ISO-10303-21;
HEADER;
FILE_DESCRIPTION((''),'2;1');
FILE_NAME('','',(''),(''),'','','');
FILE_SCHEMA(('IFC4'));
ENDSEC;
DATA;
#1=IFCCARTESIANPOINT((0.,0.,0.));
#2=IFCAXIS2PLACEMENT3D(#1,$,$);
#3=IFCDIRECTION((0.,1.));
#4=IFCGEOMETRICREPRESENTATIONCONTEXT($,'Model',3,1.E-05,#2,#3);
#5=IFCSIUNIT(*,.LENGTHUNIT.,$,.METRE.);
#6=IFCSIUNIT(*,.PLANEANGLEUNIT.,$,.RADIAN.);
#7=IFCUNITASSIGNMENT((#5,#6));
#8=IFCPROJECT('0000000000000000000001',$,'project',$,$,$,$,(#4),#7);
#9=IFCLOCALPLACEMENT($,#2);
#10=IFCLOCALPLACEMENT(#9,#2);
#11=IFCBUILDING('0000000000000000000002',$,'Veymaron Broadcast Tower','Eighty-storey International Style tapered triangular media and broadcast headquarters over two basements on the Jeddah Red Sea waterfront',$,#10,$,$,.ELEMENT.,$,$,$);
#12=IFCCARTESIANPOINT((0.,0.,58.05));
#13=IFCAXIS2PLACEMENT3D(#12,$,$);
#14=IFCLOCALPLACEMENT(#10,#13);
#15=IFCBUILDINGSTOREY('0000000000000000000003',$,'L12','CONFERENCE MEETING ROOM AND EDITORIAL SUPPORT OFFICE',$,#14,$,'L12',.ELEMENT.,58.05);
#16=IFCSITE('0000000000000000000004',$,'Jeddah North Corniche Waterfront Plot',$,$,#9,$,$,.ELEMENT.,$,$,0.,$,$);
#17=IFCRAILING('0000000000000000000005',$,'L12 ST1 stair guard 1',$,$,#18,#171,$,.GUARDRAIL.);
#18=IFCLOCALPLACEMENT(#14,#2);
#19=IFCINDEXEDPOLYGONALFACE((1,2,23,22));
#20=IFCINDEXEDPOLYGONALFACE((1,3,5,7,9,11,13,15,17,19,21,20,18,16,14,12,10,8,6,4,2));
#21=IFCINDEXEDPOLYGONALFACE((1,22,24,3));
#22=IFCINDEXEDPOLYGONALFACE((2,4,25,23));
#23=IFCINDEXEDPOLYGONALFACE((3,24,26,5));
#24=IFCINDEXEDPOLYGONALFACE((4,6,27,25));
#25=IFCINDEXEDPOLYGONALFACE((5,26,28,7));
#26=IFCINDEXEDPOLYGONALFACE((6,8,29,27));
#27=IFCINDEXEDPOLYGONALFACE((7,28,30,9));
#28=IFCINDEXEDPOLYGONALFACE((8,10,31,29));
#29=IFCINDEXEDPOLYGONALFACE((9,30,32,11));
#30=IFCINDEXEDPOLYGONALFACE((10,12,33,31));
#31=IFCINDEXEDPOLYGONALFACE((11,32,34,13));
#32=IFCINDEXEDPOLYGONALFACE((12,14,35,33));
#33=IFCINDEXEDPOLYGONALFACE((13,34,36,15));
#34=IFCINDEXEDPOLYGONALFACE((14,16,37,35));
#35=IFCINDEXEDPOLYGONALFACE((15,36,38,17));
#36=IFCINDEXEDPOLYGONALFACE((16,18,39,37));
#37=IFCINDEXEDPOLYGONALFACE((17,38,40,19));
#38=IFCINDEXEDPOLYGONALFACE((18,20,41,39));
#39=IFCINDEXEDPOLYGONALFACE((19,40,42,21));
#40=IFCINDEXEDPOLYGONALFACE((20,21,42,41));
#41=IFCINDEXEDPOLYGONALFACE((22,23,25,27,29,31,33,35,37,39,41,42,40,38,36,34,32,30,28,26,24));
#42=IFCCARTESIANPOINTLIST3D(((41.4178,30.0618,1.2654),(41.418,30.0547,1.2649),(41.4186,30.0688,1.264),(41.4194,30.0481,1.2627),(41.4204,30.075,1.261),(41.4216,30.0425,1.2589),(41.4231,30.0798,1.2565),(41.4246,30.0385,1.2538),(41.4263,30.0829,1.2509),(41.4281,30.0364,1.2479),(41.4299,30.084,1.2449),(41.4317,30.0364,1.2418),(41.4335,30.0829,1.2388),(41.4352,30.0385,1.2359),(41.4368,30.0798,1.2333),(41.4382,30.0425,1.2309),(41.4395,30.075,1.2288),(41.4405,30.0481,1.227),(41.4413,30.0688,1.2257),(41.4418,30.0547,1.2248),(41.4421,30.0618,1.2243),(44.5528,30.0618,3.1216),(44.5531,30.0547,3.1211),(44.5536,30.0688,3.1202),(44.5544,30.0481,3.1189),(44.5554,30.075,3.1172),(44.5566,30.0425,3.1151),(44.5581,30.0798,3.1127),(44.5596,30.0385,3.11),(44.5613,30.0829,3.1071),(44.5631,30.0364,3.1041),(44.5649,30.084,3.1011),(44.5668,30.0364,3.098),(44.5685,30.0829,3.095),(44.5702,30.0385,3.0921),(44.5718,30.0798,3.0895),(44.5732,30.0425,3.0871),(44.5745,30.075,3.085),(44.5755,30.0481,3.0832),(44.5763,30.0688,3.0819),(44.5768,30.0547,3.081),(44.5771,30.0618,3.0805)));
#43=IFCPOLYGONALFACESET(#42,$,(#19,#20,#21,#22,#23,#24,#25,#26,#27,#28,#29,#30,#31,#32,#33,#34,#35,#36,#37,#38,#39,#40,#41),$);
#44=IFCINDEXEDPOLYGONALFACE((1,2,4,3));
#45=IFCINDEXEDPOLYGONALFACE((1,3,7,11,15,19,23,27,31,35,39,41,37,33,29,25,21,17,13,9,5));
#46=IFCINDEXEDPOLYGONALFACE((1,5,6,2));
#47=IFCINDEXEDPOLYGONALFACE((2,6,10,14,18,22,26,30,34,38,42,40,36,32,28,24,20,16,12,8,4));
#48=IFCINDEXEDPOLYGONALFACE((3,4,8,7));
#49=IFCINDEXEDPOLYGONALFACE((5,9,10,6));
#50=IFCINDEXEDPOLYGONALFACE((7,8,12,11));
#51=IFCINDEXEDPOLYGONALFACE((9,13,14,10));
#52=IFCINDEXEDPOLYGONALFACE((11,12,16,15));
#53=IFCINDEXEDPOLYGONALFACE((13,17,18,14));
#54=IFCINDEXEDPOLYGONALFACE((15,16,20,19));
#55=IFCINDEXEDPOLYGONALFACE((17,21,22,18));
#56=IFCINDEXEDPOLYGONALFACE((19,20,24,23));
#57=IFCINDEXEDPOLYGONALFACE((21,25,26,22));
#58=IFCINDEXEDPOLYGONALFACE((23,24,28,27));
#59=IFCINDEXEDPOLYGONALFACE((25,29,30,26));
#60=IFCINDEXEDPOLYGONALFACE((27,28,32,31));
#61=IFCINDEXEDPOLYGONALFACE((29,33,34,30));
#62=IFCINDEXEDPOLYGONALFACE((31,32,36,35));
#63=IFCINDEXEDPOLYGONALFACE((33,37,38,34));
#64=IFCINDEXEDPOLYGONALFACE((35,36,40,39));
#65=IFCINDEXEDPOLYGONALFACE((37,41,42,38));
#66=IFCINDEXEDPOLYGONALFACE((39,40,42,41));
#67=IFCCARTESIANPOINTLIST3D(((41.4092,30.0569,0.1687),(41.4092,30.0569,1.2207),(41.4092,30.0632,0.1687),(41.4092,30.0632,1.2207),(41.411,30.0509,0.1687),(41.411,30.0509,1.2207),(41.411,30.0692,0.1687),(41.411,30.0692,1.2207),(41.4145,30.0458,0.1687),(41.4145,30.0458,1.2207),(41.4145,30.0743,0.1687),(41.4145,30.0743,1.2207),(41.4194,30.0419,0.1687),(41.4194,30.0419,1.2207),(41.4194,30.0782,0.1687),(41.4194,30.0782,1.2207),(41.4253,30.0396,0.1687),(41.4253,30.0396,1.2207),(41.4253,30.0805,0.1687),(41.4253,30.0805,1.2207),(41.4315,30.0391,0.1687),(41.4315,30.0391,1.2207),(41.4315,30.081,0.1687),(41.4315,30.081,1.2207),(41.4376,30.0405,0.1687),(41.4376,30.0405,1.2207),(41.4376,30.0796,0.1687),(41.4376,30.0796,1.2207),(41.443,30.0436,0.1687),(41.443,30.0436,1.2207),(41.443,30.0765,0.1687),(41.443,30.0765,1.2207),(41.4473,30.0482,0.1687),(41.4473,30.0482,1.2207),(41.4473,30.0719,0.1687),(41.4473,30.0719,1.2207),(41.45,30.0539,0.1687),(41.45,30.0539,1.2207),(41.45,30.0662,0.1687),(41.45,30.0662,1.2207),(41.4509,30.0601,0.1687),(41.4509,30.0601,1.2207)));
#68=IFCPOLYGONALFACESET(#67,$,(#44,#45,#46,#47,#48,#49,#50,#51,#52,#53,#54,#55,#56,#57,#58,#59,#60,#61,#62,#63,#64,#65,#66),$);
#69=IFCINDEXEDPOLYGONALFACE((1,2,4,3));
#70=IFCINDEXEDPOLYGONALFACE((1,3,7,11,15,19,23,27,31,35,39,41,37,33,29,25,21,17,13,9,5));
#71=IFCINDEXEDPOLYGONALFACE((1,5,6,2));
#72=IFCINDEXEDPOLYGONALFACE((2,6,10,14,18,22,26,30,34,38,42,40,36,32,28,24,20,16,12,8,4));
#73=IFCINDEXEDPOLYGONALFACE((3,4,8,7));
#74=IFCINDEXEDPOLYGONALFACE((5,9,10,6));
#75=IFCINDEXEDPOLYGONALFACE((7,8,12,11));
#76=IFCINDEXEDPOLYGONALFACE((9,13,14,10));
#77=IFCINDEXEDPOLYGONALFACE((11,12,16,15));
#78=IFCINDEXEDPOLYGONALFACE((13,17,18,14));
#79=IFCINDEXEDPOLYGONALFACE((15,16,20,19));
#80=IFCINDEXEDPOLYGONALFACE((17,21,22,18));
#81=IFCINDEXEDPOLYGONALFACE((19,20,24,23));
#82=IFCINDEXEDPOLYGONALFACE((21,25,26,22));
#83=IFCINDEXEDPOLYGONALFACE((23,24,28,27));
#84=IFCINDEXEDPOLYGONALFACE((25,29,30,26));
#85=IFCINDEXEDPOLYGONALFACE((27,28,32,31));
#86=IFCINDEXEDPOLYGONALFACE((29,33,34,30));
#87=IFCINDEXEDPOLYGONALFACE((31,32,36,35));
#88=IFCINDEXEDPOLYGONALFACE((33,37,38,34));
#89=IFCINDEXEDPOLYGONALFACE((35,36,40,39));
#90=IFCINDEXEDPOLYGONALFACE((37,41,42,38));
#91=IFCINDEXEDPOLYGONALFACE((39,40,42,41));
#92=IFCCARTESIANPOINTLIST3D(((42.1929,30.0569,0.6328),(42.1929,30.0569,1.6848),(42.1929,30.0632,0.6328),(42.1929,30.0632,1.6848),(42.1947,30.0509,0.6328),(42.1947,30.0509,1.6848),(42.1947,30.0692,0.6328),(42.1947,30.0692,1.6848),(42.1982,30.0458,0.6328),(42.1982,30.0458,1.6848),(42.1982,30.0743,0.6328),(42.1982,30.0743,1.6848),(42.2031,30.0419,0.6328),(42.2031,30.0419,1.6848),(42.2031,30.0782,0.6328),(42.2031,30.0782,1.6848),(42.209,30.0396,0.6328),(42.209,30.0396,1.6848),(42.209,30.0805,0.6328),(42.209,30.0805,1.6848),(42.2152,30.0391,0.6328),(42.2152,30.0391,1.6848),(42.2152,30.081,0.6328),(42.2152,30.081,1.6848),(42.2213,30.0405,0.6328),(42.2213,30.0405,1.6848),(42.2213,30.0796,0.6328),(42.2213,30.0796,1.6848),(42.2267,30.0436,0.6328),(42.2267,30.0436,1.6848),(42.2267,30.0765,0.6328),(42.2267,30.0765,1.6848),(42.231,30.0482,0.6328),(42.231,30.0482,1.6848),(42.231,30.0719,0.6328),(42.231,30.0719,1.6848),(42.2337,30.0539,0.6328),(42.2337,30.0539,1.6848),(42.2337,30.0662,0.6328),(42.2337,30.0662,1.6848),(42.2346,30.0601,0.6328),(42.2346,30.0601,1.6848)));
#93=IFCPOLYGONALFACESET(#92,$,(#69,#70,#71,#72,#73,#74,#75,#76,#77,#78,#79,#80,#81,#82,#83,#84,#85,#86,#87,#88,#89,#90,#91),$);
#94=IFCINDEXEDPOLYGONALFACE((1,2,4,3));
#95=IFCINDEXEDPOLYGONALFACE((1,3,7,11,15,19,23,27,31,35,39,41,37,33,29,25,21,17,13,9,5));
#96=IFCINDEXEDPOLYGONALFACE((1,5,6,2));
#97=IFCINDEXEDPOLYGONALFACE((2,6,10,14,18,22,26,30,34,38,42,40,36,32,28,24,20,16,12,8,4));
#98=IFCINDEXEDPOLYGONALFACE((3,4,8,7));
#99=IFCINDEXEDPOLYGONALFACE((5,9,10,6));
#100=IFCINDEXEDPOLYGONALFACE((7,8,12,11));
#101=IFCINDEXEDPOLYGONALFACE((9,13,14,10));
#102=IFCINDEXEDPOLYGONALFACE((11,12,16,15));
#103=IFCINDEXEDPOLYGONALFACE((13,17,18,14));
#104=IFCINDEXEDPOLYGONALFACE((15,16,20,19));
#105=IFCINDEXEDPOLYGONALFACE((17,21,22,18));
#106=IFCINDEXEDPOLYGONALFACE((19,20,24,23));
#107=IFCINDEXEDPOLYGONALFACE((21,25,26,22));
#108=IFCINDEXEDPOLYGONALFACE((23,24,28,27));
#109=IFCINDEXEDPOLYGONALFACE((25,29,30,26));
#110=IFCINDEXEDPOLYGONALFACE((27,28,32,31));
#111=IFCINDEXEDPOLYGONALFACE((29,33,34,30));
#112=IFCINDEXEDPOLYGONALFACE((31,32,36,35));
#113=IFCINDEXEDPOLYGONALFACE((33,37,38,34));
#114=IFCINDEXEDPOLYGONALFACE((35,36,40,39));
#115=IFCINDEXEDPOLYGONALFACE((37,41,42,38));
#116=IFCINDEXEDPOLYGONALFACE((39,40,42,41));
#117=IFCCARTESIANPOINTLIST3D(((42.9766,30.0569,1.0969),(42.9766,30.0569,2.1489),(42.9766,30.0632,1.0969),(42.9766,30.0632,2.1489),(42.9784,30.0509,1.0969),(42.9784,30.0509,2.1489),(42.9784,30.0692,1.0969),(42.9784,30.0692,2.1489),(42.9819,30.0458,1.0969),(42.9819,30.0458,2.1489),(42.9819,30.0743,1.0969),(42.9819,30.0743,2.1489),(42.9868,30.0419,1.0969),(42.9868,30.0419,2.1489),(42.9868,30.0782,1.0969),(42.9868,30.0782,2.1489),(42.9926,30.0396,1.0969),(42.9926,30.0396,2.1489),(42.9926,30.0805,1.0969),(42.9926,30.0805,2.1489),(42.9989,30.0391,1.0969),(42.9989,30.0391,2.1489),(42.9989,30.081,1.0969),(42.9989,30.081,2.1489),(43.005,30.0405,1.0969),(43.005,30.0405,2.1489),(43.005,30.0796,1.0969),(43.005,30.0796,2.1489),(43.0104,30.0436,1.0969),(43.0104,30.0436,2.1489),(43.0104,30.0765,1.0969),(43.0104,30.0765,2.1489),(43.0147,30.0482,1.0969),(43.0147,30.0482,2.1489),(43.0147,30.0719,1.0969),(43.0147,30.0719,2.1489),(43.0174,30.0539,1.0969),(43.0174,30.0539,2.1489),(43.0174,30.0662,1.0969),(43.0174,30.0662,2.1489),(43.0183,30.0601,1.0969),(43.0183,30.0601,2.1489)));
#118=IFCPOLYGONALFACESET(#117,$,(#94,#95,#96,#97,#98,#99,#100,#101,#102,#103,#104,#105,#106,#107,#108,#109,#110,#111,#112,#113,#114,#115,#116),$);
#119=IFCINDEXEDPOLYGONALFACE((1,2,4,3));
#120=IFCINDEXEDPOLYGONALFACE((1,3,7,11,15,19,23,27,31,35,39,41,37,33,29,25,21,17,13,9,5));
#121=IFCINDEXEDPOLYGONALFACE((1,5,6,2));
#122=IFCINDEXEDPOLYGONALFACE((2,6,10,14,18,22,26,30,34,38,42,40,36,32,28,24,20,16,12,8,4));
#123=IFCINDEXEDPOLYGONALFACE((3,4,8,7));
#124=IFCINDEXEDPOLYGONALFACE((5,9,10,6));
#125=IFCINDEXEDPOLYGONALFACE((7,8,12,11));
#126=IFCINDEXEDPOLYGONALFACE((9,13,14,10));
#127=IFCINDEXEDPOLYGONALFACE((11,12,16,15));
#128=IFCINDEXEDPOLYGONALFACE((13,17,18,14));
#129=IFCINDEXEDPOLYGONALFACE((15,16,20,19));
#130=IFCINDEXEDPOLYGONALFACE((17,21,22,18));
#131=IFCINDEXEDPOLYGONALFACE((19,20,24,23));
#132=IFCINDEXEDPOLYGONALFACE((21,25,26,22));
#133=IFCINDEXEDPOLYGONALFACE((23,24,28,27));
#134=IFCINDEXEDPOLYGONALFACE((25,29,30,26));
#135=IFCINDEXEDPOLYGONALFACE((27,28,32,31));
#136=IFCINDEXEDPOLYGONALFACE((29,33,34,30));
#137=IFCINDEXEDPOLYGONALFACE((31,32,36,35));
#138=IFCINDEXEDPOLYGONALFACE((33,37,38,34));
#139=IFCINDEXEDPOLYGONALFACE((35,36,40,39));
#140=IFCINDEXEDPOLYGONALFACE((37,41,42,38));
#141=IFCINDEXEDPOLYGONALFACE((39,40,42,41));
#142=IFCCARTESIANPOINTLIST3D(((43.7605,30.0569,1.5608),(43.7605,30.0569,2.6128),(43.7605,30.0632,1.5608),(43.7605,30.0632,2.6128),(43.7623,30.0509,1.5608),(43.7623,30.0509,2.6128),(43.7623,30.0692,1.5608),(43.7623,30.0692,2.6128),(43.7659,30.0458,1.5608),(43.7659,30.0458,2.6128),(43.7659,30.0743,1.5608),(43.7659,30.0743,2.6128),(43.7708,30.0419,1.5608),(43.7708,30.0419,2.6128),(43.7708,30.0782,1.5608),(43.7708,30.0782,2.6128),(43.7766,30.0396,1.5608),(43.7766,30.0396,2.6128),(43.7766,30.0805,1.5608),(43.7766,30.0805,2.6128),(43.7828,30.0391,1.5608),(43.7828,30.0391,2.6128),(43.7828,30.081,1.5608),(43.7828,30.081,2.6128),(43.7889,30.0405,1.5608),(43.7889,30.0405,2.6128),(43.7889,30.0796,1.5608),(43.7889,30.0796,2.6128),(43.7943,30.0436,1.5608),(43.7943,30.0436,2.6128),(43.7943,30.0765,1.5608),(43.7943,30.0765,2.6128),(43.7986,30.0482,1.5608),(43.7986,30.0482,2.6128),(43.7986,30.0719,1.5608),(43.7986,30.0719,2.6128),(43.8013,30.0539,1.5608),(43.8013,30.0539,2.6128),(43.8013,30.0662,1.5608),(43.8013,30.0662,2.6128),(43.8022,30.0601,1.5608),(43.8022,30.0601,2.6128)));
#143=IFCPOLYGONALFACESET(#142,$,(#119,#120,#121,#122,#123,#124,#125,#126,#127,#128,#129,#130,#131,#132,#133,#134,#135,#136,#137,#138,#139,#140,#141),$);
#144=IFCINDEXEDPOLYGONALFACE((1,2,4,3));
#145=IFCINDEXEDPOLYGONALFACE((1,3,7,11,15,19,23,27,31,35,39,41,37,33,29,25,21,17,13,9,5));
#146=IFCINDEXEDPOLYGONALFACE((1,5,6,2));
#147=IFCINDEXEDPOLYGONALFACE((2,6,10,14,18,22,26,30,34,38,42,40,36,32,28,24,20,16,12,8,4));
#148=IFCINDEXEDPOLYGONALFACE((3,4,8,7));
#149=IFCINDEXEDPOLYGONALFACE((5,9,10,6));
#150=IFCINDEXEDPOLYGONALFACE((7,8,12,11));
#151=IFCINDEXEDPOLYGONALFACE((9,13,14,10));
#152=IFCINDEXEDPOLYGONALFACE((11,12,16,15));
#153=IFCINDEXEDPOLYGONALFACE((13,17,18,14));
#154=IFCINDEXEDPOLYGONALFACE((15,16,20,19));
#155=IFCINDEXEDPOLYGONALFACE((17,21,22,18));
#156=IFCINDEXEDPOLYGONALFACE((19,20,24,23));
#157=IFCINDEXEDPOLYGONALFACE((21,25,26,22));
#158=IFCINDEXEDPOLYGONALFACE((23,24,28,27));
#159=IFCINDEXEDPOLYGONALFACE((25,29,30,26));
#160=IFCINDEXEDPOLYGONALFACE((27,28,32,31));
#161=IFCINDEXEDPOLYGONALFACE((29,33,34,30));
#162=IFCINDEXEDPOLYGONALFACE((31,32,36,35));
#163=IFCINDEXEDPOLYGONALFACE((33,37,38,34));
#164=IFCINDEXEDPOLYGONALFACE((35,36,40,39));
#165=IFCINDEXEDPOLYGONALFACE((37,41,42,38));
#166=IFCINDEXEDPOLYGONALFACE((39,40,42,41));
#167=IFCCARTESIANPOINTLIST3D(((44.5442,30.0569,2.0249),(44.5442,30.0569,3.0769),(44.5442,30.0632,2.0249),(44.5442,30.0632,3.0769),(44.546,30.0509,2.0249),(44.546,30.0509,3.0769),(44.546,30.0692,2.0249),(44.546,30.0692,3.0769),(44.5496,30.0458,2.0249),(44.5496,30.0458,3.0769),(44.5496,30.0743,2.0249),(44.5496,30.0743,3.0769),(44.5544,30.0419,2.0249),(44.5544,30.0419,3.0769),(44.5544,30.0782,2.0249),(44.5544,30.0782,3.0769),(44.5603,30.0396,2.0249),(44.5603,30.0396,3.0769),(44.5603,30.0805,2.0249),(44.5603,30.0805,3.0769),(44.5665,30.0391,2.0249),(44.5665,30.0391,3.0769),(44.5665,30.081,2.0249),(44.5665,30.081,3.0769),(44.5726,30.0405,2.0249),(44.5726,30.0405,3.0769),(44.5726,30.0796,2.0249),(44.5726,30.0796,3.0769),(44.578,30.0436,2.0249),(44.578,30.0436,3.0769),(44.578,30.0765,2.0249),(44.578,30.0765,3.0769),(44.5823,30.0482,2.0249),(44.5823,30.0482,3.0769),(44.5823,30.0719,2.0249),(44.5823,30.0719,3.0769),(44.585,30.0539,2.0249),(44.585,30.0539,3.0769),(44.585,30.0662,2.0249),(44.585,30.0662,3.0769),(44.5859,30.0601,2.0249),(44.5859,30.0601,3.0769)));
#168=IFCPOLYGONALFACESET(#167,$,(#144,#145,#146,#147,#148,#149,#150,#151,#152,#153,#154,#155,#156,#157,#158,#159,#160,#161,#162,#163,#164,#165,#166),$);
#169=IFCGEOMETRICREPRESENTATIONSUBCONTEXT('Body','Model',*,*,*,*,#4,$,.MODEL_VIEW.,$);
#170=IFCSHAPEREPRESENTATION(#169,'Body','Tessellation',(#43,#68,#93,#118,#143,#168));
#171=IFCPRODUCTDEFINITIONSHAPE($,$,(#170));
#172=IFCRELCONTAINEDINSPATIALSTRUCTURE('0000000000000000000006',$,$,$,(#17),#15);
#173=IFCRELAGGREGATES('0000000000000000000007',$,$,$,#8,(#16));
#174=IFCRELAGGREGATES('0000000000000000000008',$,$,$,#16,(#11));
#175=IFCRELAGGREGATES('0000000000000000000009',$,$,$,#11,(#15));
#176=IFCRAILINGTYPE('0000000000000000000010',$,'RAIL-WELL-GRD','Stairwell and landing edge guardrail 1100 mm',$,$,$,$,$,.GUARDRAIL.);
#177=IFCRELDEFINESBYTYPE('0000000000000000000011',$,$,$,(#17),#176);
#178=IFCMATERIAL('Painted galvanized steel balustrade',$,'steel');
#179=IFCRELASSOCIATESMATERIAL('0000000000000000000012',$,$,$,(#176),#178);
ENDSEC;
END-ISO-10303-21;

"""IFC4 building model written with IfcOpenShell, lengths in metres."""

from ifc_helpers import new_model, si_unit, direction, frame, origin, origin_2d, place, context, subcontext, project, spatial, circle, extrude, material, type_object, element, save


model = new_model("IFC4")

# Units and contexts
model_context = context("Model", 3, precision=1e-05, world=origin(), true_north=direction((0.0, 1.0)))
body_context = subcontext(model_context, "Body", "Model", "MODEL_VIEW")
ifc_project = project(units=[si_unit("LENGTHUNIT", "METRE"), si_unit("PLANEANGLEUNIT", "RADIAN")], contexts=[model_context])

# Site, building, storey
site_placement = place(None, origin())
site = spatial("IfcSite", under=ifc_project, at=site_placement, Name="Jeddah North Corniche Waterfront Plot", CompositionType="ELEMENT", RefElevation=0.0)
building_placement = place(site_placement, origin())
building = spatial("IfcBuilding", under=site, at=building_placement, Name="Veymaron Broadcast Tower", Description="Eighty-storey International Style tapered triangular media and broadcast headquarters over two basements on the Jeddah Red Sea waterfront", CompositionType="ELEMENT")
storey_placement = place(building_placement, frame((0.0, 0.0, 58.05)))
storey = spatial("IfcBuildingStorey", under=building, at=storey_placement, Name="L12", Description="CONFERENCE MEETING ROOM AND EDITORIAL SUPPORT OFFICE", LongName="L12", CompositionType="ELEMENT", Elevation=58.05)

# Railing
ifc_material_1 = material(Name="Painted galvanized steel balustrade", Category="steel")
railing_type_1 = type_object("IfcRailingType", Name="RAIL-WELL-GRD", Description="Stairwell and landing edge guardrail 1100 mm", PredefinedType="GUARDRAIL", material=ifc_material_1)
railing_1_placement = place(storey_placement, frame((41.4299, 30.0601, 0.1687)))
element("IfcRailing", 1, at=railing_1_placement, inside=storey, type_object=railing_type_1, Name="L12 ST1 stair guard 1", PredefinedType="GUARDRAIL", context=body_context, shape_type="SweptSolid", body=[
    extrude(circle(Radius=0.0239, at=origin_2d()), frame((0.0, 0.0, 1.0762), z_axis=(0.860482, 0.0, 0.509481), x_axis=(0.0, 1.0, 0.0)), (0.0, 0.0, 1.0), 3.6433),
    extrude(circle(Radius=0.021, at=origin_2d()), origin(), (0.0, 0.0, 1.0), 1.052),
    extrude(circle(Radius=0.021, at=origin_2d()), frame((0.7837, 0.0, 0.4641)), (0.0, 0.0, 1.0), 1.052),
    extrude(circle(Radius=0.021, at=origin_2d()), frame((1.5674, 0.0, 0.9282)), (0.0, 0.0, 1.0), 1.052),
    extrude(circle(Radius=0.021, at=origin_2d()), frame((2.3513, 0.0, 1.3921)), (0.0, 0.0, 1.0), 1.052),
    extrude(circle(Radius=0.021, at=origin_2d()), frame((3.135, 0.0, 1.8562)), (0.0, 0.0, 1.0), 1.052),
])

save(model, "model.ifc")
